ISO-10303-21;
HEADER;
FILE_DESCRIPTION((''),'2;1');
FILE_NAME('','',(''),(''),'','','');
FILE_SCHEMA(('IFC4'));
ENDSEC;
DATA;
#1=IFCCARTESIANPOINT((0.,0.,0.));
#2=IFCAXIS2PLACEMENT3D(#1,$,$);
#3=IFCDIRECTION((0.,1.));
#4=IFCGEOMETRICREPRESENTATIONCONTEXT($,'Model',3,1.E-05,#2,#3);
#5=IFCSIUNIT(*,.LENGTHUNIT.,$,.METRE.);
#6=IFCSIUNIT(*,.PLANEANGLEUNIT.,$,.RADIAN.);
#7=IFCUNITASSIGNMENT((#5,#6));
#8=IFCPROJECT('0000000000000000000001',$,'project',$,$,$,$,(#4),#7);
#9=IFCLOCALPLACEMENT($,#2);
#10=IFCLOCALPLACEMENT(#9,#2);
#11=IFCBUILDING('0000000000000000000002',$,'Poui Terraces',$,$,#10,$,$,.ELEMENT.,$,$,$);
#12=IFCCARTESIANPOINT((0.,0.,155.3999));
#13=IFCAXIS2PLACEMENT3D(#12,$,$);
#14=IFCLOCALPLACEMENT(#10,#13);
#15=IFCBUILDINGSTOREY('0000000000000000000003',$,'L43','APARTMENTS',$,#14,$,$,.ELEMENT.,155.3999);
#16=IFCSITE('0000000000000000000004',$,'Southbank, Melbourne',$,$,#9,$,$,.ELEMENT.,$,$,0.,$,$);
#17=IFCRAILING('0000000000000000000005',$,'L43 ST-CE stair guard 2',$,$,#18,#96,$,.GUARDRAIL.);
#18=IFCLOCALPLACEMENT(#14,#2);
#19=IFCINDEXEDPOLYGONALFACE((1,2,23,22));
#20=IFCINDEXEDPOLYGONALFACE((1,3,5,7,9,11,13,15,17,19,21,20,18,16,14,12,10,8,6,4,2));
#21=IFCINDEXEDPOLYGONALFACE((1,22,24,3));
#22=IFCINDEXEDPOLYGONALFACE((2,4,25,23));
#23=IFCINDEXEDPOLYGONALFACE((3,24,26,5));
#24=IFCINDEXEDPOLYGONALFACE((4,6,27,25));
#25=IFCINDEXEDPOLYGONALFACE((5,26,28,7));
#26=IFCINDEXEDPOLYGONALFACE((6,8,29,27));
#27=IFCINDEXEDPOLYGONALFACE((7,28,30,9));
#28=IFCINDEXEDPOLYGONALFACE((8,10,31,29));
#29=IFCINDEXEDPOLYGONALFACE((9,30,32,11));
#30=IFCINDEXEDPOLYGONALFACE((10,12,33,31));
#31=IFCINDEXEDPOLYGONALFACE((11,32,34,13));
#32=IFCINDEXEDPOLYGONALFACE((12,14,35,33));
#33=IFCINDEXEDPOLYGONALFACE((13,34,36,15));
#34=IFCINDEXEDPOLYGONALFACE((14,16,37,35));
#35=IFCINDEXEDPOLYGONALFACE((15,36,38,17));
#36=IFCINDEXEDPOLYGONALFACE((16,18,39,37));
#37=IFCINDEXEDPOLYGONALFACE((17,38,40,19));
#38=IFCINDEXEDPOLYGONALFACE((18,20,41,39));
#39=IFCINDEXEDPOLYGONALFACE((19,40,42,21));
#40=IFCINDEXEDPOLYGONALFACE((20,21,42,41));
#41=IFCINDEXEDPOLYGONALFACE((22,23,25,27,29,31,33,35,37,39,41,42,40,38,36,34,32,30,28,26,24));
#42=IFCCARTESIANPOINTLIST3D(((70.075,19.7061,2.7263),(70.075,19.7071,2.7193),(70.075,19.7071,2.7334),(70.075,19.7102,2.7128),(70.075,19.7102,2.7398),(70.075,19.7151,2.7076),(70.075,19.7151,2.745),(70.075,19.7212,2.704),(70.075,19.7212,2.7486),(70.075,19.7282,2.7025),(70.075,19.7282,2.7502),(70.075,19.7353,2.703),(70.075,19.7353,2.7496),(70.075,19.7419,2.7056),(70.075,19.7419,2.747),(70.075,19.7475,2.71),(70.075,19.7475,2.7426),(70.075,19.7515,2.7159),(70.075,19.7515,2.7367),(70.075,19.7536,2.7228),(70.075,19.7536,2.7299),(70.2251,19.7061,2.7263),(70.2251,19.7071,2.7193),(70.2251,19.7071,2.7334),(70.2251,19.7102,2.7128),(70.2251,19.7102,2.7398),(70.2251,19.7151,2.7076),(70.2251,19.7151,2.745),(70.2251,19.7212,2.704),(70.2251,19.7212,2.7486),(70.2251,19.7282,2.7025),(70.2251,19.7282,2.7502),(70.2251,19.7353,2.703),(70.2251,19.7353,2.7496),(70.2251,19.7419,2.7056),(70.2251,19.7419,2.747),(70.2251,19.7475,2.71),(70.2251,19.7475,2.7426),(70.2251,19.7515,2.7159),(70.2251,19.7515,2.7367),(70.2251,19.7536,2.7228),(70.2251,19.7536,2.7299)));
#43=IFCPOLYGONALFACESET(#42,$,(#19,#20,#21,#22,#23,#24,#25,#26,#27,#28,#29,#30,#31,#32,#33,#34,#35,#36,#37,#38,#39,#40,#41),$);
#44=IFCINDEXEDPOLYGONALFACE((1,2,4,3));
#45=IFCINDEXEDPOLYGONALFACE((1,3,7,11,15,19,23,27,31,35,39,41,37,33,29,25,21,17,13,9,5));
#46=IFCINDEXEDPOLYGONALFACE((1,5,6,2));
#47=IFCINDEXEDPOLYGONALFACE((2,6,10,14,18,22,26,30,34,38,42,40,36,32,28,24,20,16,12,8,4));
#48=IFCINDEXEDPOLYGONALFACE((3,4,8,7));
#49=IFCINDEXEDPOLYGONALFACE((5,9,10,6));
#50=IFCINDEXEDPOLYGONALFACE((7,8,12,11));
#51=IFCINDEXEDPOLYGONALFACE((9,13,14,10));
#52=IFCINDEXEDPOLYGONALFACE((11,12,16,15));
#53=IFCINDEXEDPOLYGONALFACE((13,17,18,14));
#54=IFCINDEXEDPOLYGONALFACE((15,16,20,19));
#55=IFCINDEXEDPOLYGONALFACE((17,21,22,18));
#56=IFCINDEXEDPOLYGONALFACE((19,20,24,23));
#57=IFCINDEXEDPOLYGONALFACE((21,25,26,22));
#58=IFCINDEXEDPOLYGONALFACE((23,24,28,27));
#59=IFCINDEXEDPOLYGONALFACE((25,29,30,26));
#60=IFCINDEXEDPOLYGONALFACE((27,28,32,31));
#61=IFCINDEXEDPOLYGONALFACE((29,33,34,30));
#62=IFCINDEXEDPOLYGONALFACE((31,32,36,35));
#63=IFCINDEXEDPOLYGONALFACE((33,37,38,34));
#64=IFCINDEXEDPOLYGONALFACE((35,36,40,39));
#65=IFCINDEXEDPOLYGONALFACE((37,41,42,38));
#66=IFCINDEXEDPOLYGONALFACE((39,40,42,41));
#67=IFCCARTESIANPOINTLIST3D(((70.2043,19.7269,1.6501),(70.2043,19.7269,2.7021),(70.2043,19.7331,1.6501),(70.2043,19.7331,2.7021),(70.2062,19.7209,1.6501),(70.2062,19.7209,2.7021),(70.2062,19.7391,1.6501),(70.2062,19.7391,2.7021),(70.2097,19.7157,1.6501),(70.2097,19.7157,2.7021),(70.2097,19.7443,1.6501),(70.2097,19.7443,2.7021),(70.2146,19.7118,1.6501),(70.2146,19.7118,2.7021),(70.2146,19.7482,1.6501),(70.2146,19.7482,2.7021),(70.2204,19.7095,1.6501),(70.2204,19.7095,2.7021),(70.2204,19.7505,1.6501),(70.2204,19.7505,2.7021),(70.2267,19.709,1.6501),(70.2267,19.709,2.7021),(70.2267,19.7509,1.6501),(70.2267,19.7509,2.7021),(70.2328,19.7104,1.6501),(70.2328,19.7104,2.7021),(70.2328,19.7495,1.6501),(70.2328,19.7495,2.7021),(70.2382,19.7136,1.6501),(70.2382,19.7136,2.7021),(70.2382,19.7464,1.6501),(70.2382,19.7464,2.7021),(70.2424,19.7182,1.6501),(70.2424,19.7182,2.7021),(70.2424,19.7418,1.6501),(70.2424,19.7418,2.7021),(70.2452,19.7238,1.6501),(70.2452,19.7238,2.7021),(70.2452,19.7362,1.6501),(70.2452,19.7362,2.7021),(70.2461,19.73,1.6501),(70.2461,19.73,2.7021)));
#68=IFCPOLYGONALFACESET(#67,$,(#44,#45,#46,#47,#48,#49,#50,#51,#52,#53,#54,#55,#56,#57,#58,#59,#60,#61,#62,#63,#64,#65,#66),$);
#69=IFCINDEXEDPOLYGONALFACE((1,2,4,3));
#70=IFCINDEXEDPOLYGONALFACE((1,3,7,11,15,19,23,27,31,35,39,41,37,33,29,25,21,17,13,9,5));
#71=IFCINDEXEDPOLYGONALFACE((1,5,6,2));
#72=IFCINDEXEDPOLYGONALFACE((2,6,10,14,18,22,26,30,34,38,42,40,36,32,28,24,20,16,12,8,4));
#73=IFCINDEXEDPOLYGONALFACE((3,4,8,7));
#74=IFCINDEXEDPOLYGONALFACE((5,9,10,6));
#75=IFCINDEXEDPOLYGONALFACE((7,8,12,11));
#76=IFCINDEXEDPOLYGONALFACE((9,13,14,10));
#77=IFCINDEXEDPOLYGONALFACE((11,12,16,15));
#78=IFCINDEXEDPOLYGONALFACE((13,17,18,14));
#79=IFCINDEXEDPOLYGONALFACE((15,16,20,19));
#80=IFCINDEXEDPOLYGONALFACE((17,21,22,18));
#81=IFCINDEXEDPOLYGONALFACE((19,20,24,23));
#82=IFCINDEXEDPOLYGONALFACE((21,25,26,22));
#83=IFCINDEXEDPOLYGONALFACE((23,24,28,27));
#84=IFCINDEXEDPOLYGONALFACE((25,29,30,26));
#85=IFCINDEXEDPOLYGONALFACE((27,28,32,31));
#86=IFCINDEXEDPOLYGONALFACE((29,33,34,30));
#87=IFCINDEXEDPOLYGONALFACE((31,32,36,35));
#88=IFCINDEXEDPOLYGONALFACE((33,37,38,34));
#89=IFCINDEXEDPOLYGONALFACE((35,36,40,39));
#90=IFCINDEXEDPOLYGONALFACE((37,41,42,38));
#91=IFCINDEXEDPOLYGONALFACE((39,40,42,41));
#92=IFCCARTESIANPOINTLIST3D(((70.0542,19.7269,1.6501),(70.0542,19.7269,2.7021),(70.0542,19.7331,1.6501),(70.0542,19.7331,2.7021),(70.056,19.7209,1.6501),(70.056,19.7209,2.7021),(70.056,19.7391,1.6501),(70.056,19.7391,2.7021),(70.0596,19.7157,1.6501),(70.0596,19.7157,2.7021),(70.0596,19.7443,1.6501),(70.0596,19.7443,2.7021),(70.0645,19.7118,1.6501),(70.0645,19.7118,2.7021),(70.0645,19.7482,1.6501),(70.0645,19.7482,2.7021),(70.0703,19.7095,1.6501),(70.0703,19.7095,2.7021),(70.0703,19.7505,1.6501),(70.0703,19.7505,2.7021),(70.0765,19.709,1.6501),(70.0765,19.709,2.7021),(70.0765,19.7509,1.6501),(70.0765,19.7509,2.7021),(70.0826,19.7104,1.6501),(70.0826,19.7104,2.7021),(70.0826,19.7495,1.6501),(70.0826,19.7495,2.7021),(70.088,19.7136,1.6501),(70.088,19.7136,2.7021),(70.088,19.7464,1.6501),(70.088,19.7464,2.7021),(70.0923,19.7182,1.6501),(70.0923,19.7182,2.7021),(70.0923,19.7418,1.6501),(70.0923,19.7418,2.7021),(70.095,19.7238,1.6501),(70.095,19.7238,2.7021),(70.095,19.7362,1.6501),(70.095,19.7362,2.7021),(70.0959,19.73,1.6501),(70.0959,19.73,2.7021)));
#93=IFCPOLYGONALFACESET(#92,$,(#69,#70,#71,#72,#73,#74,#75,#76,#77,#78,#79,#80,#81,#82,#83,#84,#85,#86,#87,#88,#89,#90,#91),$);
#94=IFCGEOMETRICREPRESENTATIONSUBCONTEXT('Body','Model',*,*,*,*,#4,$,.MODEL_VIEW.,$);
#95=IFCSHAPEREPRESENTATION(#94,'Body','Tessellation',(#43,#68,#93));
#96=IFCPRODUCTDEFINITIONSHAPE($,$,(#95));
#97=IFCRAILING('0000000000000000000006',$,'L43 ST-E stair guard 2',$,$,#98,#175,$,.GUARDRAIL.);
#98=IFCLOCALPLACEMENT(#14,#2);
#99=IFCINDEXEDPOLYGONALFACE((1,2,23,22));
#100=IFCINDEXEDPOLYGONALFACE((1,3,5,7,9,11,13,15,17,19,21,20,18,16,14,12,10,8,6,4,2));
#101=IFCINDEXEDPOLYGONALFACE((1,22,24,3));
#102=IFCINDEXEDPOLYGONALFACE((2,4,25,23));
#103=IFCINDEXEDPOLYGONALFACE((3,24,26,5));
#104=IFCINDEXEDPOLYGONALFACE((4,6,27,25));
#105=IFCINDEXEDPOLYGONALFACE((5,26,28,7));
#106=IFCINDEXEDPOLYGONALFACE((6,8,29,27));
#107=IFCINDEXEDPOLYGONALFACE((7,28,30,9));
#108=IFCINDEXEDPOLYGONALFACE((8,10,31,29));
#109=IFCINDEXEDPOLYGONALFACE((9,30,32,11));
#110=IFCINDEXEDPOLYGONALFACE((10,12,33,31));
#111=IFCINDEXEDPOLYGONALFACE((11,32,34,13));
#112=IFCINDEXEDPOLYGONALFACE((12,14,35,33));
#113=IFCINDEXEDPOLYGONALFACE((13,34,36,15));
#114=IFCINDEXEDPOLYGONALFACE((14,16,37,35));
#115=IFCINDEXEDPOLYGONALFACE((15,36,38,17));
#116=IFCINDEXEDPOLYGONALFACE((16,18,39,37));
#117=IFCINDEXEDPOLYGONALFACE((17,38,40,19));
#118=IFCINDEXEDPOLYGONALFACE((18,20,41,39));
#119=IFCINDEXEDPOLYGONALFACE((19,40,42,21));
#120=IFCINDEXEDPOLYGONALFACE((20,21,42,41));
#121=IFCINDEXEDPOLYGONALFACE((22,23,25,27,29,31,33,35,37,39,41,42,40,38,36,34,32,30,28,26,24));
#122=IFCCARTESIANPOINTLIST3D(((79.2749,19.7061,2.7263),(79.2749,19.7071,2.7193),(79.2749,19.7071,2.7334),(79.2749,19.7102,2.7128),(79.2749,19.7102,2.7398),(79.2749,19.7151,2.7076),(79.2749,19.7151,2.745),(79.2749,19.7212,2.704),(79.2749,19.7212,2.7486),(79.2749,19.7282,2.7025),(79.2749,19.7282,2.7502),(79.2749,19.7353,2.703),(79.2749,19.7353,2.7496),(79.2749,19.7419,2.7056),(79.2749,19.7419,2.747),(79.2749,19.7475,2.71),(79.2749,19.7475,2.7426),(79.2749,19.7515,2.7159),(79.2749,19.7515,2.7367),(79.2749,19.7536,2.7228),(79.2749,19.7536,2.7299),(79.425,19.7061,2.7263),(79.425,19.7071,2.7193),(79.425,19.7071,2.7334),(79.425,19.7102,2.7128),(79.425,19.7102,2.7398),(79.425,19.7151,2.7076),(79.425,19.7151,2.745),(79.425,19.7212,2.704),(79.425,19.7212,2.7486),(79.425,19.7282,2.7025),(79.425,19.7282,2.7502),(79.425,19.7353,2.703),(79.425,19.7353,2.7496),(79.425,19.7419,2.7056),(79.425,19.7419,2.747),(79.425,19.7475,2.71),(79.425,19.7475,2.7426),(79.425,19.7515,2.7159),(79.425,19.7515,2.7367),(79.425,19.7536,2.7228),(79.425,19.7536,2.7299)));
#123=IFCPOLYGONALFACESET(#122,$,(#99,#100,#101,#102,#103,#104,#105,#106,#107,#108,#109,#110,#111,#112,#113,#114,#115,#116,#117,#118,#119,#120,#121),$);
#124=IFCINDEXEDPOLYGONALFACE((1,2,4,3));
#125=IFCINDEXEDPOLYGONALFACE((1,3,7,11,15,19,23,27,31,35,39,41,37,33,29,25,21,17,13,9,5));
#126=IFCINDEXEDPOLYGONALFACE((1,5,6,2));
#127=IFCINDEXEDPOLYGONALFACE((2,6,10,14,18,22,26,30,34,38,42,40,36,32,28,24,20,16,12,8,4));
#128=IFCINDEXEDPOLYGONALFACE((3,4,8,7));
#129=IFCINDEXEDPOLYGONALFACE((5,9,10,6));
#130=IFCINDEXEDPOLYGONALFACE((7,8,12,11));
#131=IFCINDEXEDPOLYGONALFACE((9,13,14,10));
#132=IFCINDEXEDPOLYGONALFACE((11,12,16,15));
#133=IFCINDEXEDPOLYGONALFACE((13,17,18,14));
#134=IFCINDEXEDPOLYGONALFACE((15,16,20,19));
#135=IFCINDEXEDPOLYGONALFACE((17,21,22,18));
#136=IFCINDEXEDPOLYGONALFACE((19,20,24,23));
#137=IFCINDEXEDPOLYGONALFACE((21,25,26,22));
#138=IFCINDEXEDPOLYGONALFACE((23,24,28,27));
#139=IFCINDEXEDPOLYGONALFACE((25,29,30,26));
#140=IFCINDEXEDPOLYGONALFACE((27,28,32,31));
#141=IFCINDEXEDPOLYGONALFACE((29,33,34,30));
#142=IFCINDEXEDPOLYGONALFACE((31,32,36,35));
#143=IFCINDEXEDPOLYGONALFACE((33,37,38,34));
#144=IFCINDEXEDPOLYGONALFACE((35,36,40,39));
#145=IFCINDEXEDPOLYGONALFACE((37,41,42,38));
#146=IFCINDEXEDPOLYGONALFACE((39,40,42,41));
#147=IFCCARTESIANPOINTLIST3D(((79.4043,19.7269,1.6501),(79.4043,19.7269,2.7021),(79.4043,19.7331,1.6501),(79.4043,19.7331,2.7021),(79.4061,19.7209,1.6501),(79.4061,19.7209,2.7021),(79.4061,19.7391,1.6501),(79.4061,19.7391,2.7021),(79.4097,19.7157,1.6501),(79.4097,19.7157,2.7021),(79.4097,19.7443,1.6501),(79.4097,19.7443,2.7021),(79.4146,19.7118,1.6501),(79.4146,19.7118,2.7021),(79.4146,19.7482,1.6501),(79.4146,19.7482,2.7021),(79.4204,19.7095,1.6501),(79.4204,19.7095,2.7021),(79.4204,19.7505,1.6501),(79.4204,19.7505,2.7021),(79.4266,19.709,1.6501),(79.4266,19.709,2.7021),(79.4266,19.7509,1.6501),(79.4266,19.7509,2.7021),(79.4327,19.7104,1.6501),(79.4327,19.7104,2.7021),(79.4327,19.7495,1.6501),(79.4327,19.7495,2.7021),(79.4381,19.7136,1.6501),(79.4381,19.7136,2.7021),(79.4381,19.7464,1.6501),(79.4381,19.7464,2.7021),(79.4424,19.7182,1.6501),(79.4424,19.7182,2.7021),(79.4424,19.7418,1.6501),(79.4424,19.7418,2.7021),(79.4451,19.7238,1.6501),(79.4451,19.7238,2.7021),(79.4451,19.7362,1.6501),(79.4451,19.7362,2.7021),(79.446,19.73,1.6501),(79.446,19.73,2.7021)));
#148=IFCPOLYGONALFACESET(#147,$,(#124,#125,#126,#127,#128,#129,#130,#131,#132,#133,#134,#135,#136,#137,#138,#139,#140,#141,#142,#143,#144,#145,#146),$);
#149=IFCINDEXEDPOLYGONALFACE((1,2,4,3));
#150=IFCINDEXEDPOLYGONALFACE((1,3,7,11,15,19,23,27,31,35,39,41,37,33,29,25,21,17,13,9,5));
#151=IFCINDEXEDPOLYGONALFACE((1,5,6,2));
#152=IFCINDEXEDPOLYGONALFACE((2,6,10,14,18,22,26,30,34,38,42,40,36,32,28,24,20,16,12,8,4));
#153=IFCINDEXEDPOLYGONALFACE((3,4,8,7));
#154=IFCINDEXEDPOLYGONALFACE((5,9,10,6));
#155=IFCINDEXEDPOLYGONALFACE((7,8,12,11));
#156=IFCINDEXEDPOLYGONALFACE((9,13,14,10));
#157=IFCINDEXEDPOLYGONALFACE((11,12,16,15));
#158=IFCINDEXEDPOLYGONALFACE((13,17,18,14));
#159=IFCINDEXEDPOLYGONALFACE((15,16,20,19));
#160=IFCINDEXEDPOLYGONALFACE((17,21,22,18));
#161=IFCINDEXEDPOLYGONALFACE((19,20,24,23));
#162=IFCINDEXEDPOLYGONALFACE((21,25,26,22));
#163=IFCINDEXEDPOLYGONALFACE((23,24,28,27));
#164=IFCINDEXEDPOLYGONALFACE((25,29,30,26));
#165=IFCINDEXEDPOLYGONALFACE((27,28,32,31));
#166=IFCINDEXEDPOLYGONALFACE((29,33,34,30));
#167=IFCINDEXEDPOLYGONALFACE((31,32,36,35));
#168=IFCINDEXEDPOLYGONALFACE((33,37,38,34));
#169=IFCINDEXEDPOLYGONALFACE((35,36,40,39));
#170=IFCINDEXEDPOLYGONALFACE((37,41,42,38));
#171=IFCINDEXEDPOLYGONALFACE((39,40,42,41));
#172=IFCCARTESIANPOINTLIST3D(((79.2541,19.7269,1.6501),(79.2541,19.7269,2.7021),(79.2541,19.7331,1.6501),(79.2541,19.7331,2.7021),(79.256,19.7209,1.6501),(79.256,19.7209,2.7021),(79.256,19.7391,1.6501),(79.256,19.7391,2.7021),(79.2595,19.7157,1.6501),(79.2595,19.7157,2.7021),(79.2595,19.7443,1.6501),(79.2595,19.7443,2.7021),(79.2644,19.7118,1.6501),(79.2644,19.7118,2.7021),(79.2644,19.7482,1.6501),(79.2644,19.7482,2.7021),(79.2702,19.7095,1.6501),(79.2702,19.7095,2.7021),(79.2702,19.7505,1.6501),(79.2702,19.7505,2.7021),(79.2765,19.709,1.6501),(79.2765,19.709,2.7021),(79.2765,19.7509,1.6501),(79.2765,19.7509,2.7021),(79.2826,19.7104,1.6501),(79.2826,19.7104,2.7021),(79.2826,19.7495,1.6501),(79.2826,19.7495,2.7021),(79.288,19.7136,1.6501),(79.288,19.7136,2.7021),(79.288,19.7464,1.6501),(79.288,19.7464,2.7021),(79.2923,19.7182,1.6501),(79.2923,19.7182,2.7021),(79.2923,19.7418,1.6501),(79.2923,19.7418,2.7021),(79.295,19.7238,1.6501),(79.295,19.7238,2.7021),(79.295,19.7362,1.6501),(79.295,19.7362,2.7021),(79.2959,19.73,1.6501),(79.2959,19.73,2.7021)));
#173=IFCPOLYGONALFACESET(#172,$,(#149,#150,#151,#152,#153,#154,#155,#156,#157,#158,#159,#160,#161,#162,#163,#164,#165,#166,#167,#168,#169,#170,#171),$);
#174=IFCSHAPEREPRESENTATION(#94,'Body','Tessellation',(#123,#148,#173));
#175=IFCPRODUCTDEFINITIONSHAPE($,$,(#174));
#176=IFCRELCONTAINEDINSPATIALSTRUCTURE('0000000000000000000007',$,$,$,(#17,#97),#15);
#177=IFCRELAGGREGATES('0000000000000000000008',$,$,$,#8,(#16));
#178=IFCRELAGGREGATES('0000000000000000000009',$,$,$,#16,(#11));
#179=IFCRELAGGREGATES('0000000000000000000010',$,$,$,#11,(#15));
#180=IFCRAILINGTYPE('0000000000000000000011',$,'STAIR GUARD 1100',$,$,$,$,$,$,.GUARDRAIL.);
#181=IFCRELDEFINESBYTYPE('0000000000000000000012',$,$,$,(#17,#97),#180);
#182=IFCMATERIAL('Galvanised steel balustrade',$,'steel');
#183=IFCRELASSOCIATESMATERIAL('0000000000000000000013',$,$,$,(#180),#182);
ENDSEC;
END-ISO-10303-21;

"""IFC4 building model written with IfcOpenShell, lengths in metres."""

from ifc_helpers import new_model, si_unit, direction, frame, origin, origin_2d, place, context, subcontext, project, spatial, circle, extrude, material, type_object, element, save


model = new_model("IFC4")

# Units and contexts
model_context = context("Model", 3, precision=1e-05, world=origin(), true_north=direction((0.0, 1.0)))
body_context = subcontext(model_context, "Body", "Model", "MODEL_VIEW")
ifc_project = project(units=[si_unit("LENGTHUNIT", "METRE"), si_unit("PLANEANGLEUNIT", "RADIAN")], contexts=[model_context])

# Site, building, storey
site_placement = place(None, origin())
site = spatial("IfcSite", under=ifc_project, at=site_placement, Name="Southbank, Melbourne", CompositionType="ELEMENT", RefElevation=0.0)
building_placement = place(site_placement, origin())
building = spatial("IfcBuilding", under=site, at=building_placement, Name="Poui Terraces", CompositionType="ELEMENT")
storey_placement = place(building_placement, frame((0.0, 0.0, 155.3999)))
storey = spatial("IfcBuildingStorey", under=building, at=storey_placement, Name="L43", Description="APARTMENTS", CompositionType="ELEMENT", Elevation=155.3999)

# Railings
ifc_material_1 = material(Name="Galvanised steel balustrade", Category="steel")
railing_type = type_object("IfcRailingType", Name="STAIR GUARD 1100", PredefinedType="GUARDRAIL", material=ifc_material_1)
for number, where, name in (
    (1, (70.2251, 19.73, 1.6501), "L43 ST-CE stair guard 2"),
    (2, (79.425, 19.73, 1.6501), "L43 ST-E stair guard 2"),
):
    element("IfcRailing", number, at=place(storey_placement, frame(where)), inside=storey, type_object=railing_type, Name=name, PredefinedType="GUARDRAIL", context=body_context, shape_type="SweptSolid", body=[
        extrude(circle(Radius=0.0239, at=origin_2d()), frame((0.0, 0.0, 1.0762), z_axis=(-1.0, 0.0, 0.0), x_axis=(0.0, -1.0, 0.0)), (0.0, 0.0, 1.0), 0.1501),
        extrude(circle(Radius=0.021, at=origin_2d()), origin(), (0.0, 0.0, 1.0), 1.052),
        extrude(circle(Radius=0.021, at=origin_2d()), frame((-0.1501, 0.0, 0.0)), (0.0, 0.0, 1.0), 1.052),
    ])

save(model, "model.ifc")
